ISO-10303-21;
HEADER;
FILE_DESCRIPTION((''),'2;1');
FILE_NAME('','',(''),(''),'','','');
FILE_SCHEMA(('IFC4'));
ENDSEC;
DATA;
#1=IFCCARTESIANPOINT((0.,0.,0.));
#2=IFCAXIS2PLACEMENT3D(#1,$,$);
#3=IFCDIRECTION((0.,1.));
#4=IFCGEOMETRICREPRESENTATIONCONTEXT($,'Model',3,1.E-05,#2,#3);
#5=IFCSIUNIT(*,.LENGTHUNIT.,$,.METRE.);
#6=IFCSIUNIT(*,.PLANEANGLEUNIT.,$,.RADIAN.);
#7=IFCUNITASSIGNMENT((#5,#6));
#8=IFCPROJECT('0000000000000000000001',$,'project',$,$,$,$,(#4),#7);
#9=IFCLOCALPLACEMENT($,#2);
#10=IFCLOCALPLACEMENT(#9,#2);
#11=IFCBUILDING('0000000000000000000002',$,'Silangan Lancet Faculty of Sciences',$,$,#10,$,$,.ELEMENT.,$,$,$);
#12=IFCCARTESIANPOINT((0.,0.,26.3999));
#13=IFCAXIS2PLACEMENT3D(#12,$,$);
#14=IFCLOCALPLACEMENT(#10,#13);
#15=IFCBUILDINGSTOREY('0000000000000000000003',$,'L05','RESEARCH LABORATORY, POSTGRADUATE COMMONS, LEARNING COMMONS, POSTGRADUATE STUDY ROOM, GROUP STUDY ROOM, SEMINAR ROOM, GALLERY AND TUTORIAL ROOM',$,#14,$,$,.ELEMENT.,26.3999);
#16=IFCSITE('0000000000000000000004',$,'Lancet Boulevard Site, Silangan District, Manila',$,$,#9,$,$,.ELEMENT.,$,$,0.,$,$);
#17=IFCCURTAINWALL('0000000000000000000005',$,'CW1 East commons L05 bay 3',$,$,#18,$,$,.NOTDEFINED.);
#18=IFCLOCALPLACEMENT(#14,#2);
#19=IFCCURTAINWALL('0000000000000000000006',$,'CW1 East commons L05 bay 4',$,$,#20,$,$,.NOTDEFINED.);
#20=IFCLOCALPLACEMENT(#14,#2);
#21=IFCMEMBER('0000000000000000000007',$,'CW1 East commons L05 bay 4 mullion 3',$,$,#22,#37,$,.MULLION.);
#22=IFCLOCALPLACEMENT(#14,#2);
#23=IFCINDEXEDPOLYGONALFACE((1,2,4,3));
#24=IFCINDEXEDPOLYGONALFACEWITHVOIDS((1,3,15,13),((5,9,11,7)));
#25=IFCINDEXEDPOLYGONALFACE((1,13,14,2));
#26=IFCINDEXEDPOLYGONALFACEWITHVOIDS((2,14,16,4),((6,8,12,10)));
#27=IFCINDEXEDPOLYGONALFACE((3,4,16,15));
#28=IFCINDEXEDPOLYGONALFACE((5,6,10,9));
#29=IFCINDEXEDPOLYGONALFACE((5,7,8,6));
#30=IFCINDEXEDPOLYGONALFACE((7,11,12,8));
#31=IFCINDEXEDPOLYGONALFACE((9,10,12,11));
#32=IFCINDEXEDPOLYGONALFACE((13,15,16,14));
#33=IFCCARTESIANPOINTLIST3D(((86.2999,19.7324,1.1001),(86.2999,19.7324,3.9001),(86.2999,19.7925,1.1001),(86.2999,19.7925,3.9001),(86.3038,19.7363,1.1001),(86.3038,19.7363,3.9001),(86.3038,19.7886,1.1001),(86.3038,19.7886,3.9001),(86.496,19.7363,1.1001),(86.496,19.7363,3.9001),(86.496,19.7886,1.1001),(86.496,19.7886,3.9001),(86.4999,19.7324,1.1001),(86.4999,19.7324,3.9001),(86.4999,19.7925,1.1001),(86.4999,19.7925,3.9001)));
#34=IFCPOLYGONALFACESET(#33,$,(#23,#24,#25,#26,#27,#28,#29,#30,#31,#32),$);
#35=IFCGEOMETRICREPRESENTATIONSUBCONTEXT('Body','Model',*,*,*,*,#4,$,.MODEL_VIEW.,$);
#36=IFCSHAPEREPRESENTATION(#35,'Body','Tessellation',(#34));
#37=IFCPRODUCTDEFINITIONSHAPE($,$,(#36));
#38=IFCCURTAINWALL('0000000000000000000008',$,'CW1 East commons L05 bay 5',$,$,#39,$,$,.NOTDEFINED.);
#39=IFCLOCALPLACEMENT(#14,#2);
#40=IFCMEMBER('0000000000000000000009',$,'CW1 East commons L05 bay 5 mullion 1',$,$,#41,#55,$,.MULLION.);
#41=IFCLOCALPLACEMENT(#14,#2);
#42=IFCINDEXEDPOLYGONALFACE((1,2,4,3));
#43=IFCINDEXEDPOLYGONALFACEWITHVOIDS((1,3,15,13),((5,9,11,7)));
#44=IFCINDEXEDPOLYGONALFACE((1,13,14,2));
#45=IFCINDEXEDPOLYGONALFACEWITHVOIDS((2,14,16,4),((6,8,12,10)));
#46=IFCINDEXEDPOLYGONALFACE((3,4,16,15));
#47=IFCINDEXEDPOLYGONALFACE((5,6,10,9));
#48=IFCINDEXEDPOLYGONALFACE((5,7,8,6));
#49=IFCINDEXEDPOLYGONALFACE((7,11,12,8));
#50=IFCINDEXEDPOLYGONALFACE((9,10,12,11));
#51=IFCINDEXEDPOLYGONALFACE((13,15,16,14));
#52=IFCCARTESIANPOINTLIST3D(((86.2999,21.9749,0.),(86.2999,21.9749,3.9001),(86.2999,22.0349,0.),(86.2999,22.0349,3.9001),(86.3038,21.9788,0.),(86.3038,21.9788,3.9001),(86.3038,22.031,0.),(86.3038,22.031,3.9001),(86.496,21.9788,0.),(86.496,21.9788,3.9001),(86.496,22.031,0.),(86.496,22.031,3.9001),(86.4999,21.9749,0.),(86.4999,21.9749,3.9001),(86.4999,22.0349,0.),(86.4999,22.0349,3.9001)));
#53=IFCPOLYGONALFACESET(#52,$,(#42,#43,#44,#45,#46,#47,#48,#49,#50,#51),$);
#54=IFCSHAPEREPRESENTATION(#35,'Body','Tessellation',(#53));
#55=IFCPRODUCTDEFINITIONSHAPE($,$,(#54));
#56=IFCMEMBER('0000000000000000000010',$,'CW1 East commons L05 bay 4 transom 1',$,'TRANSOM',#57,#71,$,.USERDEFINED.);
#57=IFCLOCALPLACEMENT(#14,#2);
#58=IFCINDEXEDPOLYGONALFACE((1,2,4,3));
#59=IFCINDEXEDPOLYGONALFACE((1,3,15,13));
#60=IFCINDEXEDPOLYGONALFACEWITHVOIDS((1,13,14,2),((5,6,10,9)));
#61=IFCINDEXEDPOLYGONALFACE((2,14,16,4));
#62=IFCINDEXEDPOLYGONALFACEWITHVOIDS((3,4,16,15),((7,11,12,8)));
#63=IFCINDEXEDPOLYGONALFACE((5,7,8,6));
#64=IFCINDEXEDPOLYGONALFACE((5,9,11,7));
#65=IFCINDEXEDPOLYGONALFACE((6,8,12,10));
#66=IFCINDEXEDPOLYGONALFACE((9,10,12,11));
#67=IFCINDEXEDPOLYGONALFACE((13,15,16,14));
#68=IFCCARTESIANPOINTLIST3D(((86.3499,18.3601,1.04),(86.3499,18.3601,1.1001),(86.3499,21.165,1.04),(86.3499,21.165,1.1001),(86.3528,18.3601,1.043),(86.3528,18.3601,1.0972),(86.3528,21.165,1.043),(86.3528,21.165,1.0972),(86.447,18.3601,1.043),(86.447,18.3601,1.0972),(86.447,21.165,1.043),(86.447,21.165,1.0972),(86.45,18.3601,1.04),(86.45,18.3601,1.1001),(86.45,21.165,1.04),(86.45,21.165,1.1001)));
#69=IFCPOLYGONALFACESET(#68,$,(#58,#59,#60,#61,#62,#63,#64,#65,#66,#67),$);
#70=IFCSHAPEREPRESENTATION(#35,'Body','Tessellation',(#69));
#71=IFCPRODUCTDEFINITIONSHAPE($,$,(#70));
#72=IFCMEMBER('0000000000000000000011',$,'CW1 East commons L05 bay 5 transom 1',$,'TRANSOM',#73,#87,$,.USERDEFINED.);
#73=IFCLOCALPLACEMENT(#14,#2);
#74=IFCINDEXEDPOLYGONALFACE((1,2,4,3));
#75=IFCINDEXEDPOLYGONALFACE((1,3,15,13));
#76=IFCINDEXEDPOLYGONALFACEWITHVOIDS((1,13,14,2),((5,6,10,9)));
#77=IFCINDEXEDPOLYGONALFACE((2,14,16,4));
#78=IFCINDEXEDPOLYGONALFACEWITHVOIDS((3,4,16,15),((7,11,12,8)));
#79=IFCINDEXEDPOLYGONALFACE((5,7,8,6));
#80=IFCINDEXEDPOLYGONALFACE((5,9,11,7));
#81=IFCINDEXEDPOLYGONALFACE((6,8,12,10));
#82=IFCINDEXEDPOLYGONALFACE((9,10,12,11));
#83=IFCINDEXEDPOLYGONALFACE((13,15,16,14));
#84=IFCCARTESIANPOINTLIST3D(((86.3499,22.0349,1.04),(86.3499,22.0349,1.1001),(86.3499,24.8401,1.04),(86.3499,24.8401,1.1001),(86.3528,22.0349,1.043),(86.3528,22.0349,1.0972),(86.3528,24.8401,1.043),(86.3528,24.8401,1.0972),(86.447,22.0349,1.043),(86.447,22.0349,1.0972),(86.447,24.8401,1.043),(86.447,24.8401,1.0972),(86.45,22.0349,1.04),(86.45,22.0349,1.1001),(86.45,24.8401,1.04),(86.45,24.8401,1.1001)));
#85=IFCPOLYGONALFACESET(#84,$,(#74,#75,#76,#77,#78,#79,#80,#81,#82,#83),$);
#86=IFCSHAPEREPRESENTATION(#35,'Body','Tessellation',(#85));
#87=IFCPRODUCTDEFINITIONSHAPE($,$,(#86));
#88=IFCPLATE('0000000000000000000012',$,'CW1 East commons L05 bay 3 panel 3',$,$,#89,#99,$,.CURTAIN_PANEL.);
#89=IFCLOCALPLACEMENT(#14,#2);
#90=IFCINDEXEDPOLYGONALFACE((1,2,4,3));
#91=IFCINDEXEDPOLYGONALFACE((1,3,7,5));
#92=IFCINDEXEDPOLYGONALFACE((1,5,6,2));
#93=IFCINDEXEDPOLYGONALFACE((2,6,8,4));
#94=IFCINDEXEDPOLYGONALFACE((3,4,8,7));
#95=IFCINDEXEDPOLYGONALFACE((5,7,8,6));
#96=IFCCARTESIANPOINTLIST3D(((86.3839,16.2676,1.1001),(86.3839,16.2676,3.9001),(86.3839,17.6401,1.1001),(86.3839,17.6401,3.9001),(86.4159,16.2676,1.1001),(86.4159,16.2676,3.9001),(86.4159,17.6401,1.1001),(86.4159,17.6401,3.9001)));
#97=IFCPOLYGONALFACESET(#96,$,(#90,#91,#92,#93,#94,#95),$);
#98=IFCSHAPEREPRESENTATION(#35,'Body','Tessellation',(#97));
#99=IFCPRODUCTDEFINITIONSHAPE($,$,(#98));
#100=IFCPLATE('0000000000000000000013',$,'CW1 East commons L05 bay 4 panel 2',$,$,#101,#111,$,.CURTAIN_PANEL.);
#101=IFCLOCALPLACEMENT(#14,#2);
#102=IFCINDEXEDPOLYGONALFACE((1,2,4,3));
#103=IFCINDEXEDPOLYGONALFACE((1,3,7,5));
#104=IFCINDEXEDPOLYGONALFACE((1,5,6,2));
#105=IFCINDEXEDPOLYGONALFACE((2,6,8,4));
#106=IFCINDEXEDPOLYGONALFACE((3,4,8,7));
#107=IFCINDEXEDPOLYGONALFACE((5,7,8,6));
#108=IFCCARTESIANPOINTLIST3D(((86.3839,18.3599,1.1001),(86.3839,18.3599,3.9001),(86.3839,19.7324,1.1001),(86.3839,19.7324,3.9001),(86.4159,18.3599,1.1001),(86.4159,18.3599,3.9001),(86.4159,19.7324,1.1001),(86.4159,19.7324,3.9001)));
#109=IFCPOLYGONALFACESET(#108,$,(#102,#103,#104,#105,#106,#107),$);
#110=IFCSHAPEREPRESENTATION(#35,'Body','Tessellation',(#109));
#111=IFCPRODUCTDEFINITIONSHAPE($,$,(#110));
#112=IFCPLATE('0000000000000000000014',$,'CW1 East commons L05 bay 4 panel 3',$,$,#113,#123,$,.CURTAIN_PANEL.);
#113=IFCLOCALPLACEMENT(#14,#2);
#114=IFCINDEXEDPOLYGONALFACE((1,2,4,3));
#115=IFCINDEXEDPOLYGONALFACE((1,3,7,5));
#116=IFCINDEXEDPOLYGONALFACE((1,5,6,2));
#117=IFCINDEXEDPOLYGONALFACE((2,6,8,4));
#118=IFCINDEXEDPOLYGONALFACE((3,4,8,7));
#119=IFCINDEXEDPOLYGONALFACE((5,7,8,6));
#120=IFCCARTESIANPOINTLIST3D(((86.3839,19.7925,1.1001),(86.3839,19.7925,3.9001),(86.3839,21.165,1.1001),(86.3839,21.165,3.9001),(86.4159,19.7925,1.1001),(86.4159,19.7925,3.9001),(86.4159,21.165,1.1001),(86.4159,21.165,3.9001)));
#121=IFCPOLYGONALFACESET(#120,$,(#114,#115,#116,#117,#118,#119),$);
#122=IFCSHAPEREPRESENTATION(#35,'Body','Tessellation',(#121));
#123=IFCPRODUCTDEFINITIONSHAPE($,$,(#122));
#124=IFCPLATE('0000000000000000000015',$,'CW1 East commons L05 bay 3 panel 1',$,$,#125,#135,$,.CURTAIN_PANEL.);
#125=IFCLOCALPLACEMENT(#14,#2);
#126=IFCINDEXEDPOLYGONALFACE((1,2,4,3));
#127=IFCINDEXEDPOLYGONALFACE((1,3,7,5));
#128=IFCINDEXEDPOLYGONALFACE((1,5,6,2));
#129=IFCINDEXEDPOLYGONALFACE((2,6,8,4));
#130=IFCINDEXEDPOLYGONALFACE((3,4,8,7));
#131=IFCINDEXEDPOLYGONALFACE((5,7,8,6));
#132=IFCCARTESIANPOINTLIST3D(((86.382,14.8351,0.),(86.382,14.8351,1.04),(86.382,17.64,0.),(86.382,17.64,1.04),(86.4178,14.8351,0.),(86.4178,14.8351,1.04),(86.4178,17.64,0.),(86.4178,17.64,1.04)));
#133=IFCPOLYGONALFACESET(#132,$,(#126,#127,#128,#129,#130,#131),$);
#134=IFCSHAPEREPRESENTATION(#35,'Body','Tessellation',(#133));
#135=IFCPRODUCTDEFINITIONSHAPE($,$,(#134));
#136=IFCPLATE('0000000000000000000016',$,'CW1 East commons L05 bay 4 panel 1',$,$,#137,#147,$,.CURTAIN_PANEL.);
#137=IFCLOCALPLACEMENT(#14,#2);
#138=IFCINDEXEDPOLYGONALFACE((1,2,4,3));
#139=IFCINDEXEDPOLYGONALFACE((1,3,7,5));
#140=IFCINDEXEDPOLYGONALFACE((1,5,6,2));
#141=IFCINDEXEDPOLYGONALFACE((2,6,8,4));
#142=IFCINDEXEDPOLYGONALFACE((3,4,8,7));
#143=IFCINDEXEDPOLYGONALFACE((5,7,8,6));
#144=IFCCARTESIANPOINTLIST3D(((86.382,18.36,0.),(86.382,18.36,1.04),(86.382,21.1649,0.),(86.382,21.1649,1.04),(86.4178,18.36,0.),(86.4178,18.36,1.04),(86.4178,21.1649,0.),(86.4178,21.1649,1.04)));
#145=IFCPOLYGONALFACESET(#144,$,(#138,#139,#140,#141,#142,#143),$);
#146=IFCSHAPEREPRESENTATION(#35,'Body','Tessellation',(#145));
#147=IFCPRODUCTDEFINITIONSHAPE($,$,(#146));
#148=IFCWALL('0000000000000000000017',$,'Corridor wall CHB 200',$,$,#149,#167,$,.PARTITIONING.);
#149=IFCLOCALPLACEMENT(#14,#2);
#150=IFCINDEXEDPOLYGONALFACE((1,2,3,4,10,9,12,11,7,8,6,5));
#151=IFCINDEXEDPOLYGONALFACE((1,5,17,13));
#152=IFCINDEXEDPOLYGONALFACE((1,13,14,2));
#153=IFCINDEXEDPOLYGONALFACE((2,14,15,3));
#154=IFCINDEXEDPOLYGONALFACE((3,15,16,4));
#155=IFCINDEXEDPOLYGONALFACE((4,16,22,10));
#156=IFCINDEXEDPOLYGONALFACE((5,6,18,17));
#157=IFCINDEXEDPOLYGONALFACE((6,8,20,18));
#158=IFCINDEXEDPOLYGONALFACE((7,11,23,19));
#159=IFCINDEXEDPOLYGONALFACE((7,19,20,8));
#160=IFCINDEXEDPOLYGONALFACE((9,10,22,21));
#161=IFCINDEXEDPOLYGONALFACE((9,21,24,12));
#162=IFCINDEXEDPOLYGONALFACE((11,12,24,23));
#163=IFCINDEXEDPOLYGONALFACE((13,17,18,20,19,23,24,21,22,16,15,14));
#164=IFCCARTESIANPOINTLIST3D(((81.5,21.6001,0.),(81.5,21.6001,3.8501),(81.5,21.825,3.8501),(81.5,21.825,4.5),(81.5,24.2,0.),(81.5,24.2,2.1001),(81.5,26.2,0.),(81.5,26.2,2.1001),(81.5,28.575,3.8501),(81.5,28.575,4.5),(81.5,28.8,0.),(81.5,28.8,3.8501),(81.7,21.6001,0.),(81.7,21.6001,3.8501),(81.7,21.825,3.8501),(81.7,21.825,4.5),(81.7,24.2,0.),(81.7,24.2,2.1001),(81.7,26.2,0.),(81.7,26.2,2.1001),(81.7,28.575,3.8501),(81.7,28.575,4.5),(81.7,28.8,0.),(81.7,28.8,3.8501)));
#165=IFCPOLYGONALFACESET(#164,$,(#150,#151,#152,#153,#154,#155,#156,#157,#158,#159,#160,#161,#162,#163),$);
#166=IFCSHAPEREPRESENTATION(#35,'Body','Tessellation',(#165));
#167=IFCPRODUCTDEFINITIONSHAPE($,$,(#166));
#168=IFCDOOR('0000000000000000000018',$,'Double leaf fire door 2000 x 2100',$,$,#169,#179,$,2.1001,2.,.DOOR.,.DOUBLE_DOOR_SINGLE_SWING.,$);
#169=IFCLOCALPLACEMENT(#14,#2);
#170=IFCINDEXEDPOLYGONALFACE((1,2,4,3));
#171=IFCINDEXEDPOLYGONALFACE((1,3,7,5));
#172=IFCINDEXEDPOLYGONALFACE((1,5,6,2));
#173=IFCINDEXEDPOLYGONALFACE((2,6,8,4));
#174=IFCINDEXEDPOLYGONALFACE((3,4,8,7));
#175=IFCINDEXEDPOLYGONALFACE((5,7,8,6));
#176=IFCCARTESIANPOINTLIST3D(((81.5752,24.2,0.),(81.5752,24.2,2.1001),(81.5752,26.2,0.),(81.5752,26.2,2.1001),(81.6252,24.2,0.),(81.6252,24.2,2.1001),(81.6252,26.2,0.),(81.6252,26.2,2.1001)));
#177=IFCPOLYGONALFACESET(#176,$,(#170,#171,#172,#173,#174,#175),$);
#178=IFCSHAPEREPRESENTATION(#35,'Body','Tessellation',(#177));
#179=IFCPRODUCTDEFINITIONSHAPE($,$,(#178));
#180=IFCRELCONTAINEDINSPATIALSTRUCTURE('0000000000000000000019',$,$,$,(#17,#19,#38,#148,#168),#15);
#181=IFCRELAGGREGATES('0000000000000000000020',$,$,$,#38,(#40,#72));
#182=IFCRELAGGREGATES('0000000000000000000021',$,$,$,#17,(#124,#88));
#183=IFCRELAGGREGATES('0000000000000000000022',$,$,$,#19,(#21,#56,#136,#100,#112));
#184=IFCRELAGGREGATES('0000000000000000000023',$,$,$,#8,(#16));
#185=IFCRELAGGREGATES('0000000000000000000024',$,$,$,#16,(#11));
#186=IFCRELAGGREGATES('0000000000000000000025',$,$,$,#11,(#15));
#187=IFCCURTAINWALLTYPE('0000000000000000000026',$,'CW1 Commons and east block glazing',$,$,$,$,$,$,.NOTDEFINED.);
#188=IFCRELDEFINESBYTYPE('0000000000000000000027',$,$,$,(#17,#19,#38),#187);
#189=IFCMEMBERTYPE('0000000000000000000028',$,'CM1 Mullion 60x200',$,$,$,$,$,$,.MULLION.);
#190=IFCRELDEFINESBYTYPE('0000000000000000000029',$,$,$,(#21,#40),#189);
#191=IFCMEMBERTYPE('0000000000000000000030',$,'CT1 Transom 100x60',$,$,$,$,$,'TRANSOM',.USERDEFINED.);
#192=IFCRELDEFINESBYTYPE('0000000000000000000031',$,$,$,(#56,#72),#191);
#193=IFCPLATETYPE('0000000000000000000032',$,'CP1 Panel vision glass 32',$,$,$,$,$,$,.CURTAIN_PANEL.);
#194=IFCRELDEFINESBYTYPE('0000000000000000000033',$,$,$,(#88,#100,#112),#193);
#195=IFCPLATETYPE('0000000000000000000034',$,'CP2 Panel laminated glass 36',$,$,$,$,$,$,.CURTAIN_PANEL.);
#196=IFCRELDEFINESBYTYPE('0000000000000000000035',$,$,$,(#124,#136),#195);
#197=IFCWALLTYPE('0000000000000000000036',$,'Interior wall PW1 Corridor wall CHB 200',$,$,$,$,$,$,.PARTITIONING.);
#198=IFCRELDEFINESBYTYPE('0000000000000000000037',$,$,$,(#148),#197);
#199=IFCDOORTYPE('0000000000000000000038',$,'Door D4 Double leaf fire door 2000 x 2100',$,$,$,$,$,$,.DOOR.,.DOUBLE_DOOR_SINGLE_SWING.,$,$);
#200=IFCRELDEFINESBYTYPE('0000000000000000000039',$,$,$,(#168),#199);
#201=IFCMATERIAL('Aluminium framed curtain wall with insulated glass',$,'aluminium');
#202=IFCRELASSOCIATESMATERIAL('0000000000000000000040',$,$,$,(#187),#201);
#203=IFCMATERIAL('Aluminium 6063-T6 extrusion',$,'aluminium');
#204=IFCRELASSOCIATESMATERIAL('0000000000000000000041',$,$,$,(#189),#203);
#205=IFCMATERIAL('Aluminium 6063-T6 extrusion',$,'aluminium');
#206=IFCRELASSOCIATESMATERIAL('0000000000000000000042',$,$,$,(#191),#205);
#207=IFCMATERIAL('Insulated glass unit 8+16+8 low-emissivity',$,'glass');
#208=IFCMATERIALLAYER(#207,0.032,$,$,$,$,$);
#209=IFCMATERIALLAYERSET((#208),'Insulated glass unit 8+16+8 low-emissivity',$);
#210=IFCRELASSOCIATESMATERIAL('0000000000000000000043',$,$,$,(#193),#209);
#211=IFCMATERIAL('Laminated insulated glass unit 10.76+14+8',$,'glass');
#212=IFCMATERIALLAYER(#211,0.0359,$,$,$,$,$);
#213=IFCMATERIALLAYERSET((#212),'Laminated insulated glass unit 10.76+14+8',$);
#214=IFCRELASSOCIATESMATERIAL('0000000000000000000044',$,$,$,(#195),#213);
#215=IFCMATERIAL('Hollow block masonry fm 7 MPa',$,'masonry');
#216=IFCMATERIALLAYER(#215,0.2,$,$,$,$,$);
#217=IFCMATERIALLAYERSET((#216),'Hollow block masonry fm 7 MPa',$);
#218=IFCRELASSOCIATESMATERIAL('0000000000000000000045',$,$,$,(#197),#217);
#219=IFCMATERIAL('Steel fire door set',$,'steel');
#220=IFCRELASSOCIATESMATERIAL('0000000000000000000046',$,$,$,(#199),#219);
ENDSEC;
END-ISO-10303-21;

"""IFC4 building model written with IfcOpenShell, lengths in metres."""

from ifc_helpers import new_model, si_unit, direction, frame, frame_2d, origin, origin_2d, place, context, subcontext, project, spatial, polyline, rectangle, hollow_rectangle, outline, extrude, material, layer, layer_set, material_profile, profile_set, type_object, element, fill, aggregate, save


model = new_model("IFC4")

# Units and contexts
model_context = context("Model", 3, precision=1e-05, world=origin(), true_north=direction((0.0, 1.0)))
body_context = subcontext(model_context, "Body", "Model", "MODEL_VIEW")
ifc_project = project(units=[si_unit("LENGTHUNIT", "METRE"), si_unit("PLANEANGLEUNIT", "RADIAN")], contexts=[model_context])

# Site, building, storey
site_placement = place(None, origin())
site = spatial("IfcSite", under=ifc_project, at=site_placement, Name="Lancet Boulevard Site, Silangan District, Manila", CompositionType="ELEMENT", RefElevation=0.0)
building_placement = place(site_placement, origin())
building = spatial("IfcBuilding", under=site, at=building_placement, Name="Silangan Lancet Faculty of Sciences", CompositionType="ELEMENT")
storey_placement = place(building_placement, frame((0.0, 0.0, 26.3999)))
storey = spatial("IfcBuildingStorey", under=building, at=storey_placement, Name="L05", Description="RESEARCH LABORATORY, POSTGRADUATE COMMONS, LEARNING COMMONS, POSTGRADUATE STUDY ROOM, GROUP STUDY ROOM, SEMINAR ROOM, GALLERY AND TUTORIAL ROOM", CompositionType="ELEMENT", Elevation=26.3999)

# Curtain walls, member
ifc_material_1 = material(Name="Aluminium framed curtain wall with insulated glass", Category="aluminium")
curtain_wall_type = type_object("IfcCurtainWallType", Name="CW1 Commons and east block glazing", PredefinedType="NOTDEFINED", material=ifc_material_1)
curtain_wall_1_placement = place(storey_placement, origin())
curtain_wall_1 = element("IfcCurtainWall", 1, at=curtain_wall_1_placement, inside=storey, type_object=curtain_wall_type, Name="CW1 East commons L05 bay 3", PredefinedType="NOTDEFINED")
ifc_material_2 = material(Name="Aluminium 6063-T6 extrusion", Category="aluminium")
ifc_material_profile_1 = material_profile(ifc_material_2, hollow_rectangle(XDim=0.0601, YDim=0.2, WallThickness=0.0039, at=origin_2d()), Name="AL BOX 60x200x4")
ifc_profile_set_1 = profile_set([ifc_material_profile_1], Name="Aluminium 6063-T6 extrusion")
member_type_1 = type_object("IfcMemberType", Name="CM1 Mullion 60x200", PredefinedType="MULLION", material=ifc_profile_set_1)
curtain_wall_2_placement = place(storey_placement, origin())
curtain_wall_2 = element("IfcCurtainWall", 2, at=curtain_wall_2_placement, inside=storey, type_object=curtain_wall_type, Name="CW1 East commons L05 bay 4", PredefinedType="NOTDEFINED")
member_1_placement = place(storey_placement, frame((86.3999, 19.7625, 1.1001), z_axis=(0.0, 0.0, 1.0), x_axis=(0.0, 1.0, 0.0)))
member_1 = element("IfcMember", 3, at=member_1_placement, type_object=member_type_1, Name="CW1 East commons L05 bay 4 mullion 3", PredefinedType="MULLION", context=body_context, shape_type="SweptSolid", body=[
    extrude(hollow_rectangle(XDim=0.0601, YDim=0.2, WallThickness=0.0039, at=origin_2d()), origin(), (0.0, 0.0, 1.0), 2.8),
])

# Curtain wall, member
curtain_wall_3_placement = place(storey_placement, origin())
curtain_wall_3 = element("IfcCurtainWall", 4, at=curtain_wall_3_placement, inside=storey, type_object=curtain_wall_type, Name="CW1 East commons L05 bay 5", PredefinedType="NOTDEFINED")
member_2_placement = place(storey_placement, frame((86.3999, 22.0049, 0.0), z_axis=(0.0, 0.0, 1.0), x_axis=(0.0, 1.0, 0.0)))
member_2 = element("IfcMember", 5, at=member_2_placement, type_object=member_type_1, Name="CW1 East commons L05 bay 5 mullion 1", PredefinedType="MULLION", context=body_context, shape_type="SweptSolid", body=[
    extrude(hollow_rectangle(XDim=0.0601, YDim=0.2, WallThickness=0.0039, at=origin_2d()), origin(), (0.0, 0.0, 1.0), 3.9001),
])

# Members
ifc_material_3 = material(Name="Aluminium 6063-T6 extrusion", Category="aluminium")
ifc_material_profile_2 = material_profile(ifc_material_3, hollow_rectangle(XDim=0.1001, YDim=0.0601, WallThickness=0.0029, at=origin_2d()), Name="AL BOX 100x60x3")
ifc_profile_set_2 = profile_set([ifc_material_profile_2], Name="Aluminium 6063-T6 extrusion")
member_type_2 = type_object("IfcMemberType", Name="CT1 Transom 100x60", ElementType="TRANSOM", PredefinedType="USERDEFINED", material=ifc_profile_set_2)
member_3_placement = place(storey_placement, frame((86.3999, 18.3601, 1.0701), z_axis=(0.0, 1.0, 0.0), x_axis=(-1.0, 0.0, 0.0)))
member_3 = element("IfcMember", 6, at=member_3_placement, type_object=member_type_2, Name="CW1 East commons L05 bay 4 transom 1", ObjectType="TRANSOM", PredefinedType="USERDEFINED", context=body_context, shape_type="SweptSolid", body=[
    extrude(hollow_rectangle(XDim=0.1001, YDim=0.0601, WallThickness=0.0029, at=origin_2d()), origin(), (0.0, 0.0, 1.0), 2.8049),
])
member_4_placement = place(storey_placement, frame((86.3999, 22.0349, 1.0701), z_axis=(0.0, 1.0, 0.0), x_axis=(-1.0, 0.0, 0.0)))
member_4 = element("IfcMember", 7, at=member_4_placement, type_object=member_type_2, Name="CW1 East commons L05 bay 5 transom 1", ObjectType="TRANSOM", PredefinedType="USERDEFINED", context=body_context, shape_type="SweptSolid", body=[
    extrude(hollow_rectangle(XDim=0.1001, YDim=0.0601, WallThickness=0.0029, at=origin_2d()), origin(), (0.0, 0.0, 1.0), 2.8052),
])
aggregate(curtain_wall_3, [member_2, member_4])

# Plates
ifc_material_4 = material(Name="Insulated glass unit 8+16+8 low-emissivity", Category="glass")
ifc_layer_1 = layer(ifc_material_4, 0.032)
ifc_layer_set_1 = layer_set([ifc_layer_1], Name="Insulated glass unit 8+16+8 low-emissivity")
plate_type_1 = type_object("IfcPlateType", Name="CP1 Panel vision glass 32", PredefinedType="CURTAIN_PANEL", material=ifc_layer_set_1)
plate_1_placement = place(storey_placement, frame((86.3999, 16.9539, 1.1001), z_axis=(0.0, 0.0, 1.0), x_axis=(0.0, 1.0, 0.0)))
plate_1 = element("IfcPlate", 8, at=plate_1_placement, type_object=plate_type_1, Name="CW1 East commons L05 bay 3 panel 3", PredefinedType="CURTAIN_PANEL", context=body_context, shape_type="SweptSolid", body=[
    extrude(rectangle(XDim=1.3726, YDim=0.032, at=origin_2d()), origin(), (0.0, 0.0, 1.0), 2.8),
])
plate_2_placement = place(storey_placement, frame((86.3999, 19.0461, 1.1001), z_axis=(0.0, 0.0, 1.0), x_axis=(0.0, 1.0, 0.0)))
plate_2 = element("IfcPlate", 9, at=plate_2_placement, type_object=plate_type_1, Name="CW1 East commons L05 bay 4 panel 2", PredefinedType="CURTAIN_PANEL", context=body_context, shape_type="SweptSolid", body=[
    extrude(rectangle(XDim=1.3726, YDim=0.032, at=origin_2d()), origin(), (0.0, 0.0, 1.0), 2.8),
])
plate_3_placement = place(storey_placement, frame((86.3999, 20.4788, 1.1001), z_axis=(0.0, 0.0, 1.0), x_axis=(0.0, 1.0, 0.0)))
plate_3 = element("IfcPlate", 10, at=plate_3_placement, type_object=plate_type_1, Name="CW1 East commons L05 bay 4 panel 3", PredefinedType="CURTAIN_PANEL", context=body_context, shape_type="SweptSolid", body=[
    extrude(rectangle(XDim=1.3726, YDim=0.032, at=origin_2d()), origin(), (0.0, 0.0, 1.0), 2.8),
])
ifc_material_5 = material(Name="Laminated insulated glass unit 10.76+14+8", Category="glass")
ifc_layer_2 = layer(ifc_material_5, 0.0359)
ifc_layer_set_2 = layer_set([ifc_layer_2], Name="Laminated insulated glass unit 10.76+14+8")
plate_type_2 = type_object("IfcPlateType", Name="CP2 Panel laminated glass 36", PredefinedType="CURTAIN_PANEL", material=ifc_layer_set_2)
plate_4_placement = place(storey_placement, frame((86.3999, 16.2375, 0.0), z_axis=(0.0, 0.0, 1.0), x_axis=(0.0, 1.0, 0.0)))
plate_4 = element("IfcPlate", 11, at=plate_4_placement, type_object=plate_type_2, Name="CW1 East commons L05 bay 3 panel 1", PredefinedType="CURTAIN_PANEL", context=body_context, shape_type="SweptSolid", body=[
    extrude(rectangle(XDim=2.8049, YDim=0.0359, at=origin_2d()), origin(), (0.0, 0.0, 1.0), 1.04),
])
aggregate(curtain_wall_1, [plate_4, plate_1])
plate_5_placement = place(storey_placement, frame((86.3999, 19.7625, 0.0), z_axis=(0.0, 0.0, 1.0), x_axis=(0.0, 1.0, 0.0)))
plate_5 = element("IfcPlate", 12, at=plate_5_placement, type_object=plate_type_2, Name="CW1 East commons L05 bay 4 panel 1", PredefinedType="CURTAIN_PANEL", context=body_context, shape_type="SweptSolid", body=[
    extrude(rectangle(XDim=2.8049, YDim=0.0359, at=origin_2d()), origin(), (0.0, 0.0, 1.0), 1.04),
])
aggregate(curtain_wall_2, [member_1, member_3, plate_5, plate_2, plate_3])

# Wall, opening, door
ifc_material_6 = material(Name="Hollow block masonry fm 7 MPa", Category="masonry")
ifc_layer_3 = layer(ifc_material_6, 0.2)
ifc_layer_set_3 = layer_set([ifc_layer_3], Name="Hollow block masonry fm 7 MPa")
wall_type_1 = type_object("IfcWallType", Name="Interior wall PW1 Corridor wall CHB 200", PredefinedType="PARTITIONING", material=ifc_layer_set_3)
wall_1_placement = place(storey_placement, frame((81.6001, 21.6001, 0.0), z_axis=(0.0, 0.0, 1.0), x_axis=(0.0, 1.0, 0.0)))
wall_1 = element("IfcWall", 13, at=wall_1_placement, inside=storey, type_object=wall_type_1, Name="Corridor wall CHB 200", PredefinedType="PARTITIONING", context=body_context, shape_type="SweptSolid", body=[
    extrude(outline(polyline([(0.0, 0.0), (7.2, 0.0), (7.2, 3.8501), (6.9749, 3.8501), (6.9749, 4.5), (0.2249, 4.5), (0.2249, 3.8501), (0.0, 3.8501), (0.0, 0.0)])), frame((0.0, 0.1001, 0.0), z_axis=(0.0, -1.0, 0.0), x_axis=(1.0, 0.0, 0.0)), (0.0, 0.0, 1.0), 0.2),
])
opening_1_placement = place(wall_1_placement, frame((2.5999, 0.0, 0.0)))
opening_1 = element("IfcOpeningElement", 14, at=opening_1_placement, cuts=wall_1, PredefinedType="OPENING", context=body_context, shape_type="SweptSolid", body=[
    extrude(rectangle(XDim=2.0, YDim=2.1001, at=frame_2d((1.0, 1.05))), frame((0.0, 0.1099, 0.0), z_axis=(0.0, -1.0, 0.0), x_axis=(1.0, 0.0, 0.0)), (0.0, 0.0, 1.0), 0.22),
])
ifc_material_7 = material(Name="Steel fire door set", Category="steel")
door_type_1 = type_object("IfcDoorType", Name="Door D4 Double leaf fire door 2000 x 2100", OperationType="DOUBLE_DOOR_SINGLE_SWING", PredefinedType="DOOR", material=ifc_material_7)
door_1_placement = place(opening_1_placement, origin())
door_1 = element("IfcDoor", 15, at=door_1_placement, inside=storey, type_object=door_type_1, Name="Double leaf fire door 2000 x 2100", OperationType="DOUBLE_DOOR_SINGLE_SWING", OverallHeight=2.1001, OverallWidth=2.0, PredefinedType="DOOR", context=body_context, shape_type="SweptSolid", body=[
    extrude(rectangle(XDim=2.0, YDim=2.1001, at=frame_2d((1.0, 1.05))), frame((0.0, 0.0249, 0.0), z_axis=(0.0, -1.0, 0.0), x_axis=(1.0, 0.0, 0.0)), (0.0, 0.0, 1.0), 0.05),
])
fill(opening_1, door_1)

save(model, "model.ifc")
